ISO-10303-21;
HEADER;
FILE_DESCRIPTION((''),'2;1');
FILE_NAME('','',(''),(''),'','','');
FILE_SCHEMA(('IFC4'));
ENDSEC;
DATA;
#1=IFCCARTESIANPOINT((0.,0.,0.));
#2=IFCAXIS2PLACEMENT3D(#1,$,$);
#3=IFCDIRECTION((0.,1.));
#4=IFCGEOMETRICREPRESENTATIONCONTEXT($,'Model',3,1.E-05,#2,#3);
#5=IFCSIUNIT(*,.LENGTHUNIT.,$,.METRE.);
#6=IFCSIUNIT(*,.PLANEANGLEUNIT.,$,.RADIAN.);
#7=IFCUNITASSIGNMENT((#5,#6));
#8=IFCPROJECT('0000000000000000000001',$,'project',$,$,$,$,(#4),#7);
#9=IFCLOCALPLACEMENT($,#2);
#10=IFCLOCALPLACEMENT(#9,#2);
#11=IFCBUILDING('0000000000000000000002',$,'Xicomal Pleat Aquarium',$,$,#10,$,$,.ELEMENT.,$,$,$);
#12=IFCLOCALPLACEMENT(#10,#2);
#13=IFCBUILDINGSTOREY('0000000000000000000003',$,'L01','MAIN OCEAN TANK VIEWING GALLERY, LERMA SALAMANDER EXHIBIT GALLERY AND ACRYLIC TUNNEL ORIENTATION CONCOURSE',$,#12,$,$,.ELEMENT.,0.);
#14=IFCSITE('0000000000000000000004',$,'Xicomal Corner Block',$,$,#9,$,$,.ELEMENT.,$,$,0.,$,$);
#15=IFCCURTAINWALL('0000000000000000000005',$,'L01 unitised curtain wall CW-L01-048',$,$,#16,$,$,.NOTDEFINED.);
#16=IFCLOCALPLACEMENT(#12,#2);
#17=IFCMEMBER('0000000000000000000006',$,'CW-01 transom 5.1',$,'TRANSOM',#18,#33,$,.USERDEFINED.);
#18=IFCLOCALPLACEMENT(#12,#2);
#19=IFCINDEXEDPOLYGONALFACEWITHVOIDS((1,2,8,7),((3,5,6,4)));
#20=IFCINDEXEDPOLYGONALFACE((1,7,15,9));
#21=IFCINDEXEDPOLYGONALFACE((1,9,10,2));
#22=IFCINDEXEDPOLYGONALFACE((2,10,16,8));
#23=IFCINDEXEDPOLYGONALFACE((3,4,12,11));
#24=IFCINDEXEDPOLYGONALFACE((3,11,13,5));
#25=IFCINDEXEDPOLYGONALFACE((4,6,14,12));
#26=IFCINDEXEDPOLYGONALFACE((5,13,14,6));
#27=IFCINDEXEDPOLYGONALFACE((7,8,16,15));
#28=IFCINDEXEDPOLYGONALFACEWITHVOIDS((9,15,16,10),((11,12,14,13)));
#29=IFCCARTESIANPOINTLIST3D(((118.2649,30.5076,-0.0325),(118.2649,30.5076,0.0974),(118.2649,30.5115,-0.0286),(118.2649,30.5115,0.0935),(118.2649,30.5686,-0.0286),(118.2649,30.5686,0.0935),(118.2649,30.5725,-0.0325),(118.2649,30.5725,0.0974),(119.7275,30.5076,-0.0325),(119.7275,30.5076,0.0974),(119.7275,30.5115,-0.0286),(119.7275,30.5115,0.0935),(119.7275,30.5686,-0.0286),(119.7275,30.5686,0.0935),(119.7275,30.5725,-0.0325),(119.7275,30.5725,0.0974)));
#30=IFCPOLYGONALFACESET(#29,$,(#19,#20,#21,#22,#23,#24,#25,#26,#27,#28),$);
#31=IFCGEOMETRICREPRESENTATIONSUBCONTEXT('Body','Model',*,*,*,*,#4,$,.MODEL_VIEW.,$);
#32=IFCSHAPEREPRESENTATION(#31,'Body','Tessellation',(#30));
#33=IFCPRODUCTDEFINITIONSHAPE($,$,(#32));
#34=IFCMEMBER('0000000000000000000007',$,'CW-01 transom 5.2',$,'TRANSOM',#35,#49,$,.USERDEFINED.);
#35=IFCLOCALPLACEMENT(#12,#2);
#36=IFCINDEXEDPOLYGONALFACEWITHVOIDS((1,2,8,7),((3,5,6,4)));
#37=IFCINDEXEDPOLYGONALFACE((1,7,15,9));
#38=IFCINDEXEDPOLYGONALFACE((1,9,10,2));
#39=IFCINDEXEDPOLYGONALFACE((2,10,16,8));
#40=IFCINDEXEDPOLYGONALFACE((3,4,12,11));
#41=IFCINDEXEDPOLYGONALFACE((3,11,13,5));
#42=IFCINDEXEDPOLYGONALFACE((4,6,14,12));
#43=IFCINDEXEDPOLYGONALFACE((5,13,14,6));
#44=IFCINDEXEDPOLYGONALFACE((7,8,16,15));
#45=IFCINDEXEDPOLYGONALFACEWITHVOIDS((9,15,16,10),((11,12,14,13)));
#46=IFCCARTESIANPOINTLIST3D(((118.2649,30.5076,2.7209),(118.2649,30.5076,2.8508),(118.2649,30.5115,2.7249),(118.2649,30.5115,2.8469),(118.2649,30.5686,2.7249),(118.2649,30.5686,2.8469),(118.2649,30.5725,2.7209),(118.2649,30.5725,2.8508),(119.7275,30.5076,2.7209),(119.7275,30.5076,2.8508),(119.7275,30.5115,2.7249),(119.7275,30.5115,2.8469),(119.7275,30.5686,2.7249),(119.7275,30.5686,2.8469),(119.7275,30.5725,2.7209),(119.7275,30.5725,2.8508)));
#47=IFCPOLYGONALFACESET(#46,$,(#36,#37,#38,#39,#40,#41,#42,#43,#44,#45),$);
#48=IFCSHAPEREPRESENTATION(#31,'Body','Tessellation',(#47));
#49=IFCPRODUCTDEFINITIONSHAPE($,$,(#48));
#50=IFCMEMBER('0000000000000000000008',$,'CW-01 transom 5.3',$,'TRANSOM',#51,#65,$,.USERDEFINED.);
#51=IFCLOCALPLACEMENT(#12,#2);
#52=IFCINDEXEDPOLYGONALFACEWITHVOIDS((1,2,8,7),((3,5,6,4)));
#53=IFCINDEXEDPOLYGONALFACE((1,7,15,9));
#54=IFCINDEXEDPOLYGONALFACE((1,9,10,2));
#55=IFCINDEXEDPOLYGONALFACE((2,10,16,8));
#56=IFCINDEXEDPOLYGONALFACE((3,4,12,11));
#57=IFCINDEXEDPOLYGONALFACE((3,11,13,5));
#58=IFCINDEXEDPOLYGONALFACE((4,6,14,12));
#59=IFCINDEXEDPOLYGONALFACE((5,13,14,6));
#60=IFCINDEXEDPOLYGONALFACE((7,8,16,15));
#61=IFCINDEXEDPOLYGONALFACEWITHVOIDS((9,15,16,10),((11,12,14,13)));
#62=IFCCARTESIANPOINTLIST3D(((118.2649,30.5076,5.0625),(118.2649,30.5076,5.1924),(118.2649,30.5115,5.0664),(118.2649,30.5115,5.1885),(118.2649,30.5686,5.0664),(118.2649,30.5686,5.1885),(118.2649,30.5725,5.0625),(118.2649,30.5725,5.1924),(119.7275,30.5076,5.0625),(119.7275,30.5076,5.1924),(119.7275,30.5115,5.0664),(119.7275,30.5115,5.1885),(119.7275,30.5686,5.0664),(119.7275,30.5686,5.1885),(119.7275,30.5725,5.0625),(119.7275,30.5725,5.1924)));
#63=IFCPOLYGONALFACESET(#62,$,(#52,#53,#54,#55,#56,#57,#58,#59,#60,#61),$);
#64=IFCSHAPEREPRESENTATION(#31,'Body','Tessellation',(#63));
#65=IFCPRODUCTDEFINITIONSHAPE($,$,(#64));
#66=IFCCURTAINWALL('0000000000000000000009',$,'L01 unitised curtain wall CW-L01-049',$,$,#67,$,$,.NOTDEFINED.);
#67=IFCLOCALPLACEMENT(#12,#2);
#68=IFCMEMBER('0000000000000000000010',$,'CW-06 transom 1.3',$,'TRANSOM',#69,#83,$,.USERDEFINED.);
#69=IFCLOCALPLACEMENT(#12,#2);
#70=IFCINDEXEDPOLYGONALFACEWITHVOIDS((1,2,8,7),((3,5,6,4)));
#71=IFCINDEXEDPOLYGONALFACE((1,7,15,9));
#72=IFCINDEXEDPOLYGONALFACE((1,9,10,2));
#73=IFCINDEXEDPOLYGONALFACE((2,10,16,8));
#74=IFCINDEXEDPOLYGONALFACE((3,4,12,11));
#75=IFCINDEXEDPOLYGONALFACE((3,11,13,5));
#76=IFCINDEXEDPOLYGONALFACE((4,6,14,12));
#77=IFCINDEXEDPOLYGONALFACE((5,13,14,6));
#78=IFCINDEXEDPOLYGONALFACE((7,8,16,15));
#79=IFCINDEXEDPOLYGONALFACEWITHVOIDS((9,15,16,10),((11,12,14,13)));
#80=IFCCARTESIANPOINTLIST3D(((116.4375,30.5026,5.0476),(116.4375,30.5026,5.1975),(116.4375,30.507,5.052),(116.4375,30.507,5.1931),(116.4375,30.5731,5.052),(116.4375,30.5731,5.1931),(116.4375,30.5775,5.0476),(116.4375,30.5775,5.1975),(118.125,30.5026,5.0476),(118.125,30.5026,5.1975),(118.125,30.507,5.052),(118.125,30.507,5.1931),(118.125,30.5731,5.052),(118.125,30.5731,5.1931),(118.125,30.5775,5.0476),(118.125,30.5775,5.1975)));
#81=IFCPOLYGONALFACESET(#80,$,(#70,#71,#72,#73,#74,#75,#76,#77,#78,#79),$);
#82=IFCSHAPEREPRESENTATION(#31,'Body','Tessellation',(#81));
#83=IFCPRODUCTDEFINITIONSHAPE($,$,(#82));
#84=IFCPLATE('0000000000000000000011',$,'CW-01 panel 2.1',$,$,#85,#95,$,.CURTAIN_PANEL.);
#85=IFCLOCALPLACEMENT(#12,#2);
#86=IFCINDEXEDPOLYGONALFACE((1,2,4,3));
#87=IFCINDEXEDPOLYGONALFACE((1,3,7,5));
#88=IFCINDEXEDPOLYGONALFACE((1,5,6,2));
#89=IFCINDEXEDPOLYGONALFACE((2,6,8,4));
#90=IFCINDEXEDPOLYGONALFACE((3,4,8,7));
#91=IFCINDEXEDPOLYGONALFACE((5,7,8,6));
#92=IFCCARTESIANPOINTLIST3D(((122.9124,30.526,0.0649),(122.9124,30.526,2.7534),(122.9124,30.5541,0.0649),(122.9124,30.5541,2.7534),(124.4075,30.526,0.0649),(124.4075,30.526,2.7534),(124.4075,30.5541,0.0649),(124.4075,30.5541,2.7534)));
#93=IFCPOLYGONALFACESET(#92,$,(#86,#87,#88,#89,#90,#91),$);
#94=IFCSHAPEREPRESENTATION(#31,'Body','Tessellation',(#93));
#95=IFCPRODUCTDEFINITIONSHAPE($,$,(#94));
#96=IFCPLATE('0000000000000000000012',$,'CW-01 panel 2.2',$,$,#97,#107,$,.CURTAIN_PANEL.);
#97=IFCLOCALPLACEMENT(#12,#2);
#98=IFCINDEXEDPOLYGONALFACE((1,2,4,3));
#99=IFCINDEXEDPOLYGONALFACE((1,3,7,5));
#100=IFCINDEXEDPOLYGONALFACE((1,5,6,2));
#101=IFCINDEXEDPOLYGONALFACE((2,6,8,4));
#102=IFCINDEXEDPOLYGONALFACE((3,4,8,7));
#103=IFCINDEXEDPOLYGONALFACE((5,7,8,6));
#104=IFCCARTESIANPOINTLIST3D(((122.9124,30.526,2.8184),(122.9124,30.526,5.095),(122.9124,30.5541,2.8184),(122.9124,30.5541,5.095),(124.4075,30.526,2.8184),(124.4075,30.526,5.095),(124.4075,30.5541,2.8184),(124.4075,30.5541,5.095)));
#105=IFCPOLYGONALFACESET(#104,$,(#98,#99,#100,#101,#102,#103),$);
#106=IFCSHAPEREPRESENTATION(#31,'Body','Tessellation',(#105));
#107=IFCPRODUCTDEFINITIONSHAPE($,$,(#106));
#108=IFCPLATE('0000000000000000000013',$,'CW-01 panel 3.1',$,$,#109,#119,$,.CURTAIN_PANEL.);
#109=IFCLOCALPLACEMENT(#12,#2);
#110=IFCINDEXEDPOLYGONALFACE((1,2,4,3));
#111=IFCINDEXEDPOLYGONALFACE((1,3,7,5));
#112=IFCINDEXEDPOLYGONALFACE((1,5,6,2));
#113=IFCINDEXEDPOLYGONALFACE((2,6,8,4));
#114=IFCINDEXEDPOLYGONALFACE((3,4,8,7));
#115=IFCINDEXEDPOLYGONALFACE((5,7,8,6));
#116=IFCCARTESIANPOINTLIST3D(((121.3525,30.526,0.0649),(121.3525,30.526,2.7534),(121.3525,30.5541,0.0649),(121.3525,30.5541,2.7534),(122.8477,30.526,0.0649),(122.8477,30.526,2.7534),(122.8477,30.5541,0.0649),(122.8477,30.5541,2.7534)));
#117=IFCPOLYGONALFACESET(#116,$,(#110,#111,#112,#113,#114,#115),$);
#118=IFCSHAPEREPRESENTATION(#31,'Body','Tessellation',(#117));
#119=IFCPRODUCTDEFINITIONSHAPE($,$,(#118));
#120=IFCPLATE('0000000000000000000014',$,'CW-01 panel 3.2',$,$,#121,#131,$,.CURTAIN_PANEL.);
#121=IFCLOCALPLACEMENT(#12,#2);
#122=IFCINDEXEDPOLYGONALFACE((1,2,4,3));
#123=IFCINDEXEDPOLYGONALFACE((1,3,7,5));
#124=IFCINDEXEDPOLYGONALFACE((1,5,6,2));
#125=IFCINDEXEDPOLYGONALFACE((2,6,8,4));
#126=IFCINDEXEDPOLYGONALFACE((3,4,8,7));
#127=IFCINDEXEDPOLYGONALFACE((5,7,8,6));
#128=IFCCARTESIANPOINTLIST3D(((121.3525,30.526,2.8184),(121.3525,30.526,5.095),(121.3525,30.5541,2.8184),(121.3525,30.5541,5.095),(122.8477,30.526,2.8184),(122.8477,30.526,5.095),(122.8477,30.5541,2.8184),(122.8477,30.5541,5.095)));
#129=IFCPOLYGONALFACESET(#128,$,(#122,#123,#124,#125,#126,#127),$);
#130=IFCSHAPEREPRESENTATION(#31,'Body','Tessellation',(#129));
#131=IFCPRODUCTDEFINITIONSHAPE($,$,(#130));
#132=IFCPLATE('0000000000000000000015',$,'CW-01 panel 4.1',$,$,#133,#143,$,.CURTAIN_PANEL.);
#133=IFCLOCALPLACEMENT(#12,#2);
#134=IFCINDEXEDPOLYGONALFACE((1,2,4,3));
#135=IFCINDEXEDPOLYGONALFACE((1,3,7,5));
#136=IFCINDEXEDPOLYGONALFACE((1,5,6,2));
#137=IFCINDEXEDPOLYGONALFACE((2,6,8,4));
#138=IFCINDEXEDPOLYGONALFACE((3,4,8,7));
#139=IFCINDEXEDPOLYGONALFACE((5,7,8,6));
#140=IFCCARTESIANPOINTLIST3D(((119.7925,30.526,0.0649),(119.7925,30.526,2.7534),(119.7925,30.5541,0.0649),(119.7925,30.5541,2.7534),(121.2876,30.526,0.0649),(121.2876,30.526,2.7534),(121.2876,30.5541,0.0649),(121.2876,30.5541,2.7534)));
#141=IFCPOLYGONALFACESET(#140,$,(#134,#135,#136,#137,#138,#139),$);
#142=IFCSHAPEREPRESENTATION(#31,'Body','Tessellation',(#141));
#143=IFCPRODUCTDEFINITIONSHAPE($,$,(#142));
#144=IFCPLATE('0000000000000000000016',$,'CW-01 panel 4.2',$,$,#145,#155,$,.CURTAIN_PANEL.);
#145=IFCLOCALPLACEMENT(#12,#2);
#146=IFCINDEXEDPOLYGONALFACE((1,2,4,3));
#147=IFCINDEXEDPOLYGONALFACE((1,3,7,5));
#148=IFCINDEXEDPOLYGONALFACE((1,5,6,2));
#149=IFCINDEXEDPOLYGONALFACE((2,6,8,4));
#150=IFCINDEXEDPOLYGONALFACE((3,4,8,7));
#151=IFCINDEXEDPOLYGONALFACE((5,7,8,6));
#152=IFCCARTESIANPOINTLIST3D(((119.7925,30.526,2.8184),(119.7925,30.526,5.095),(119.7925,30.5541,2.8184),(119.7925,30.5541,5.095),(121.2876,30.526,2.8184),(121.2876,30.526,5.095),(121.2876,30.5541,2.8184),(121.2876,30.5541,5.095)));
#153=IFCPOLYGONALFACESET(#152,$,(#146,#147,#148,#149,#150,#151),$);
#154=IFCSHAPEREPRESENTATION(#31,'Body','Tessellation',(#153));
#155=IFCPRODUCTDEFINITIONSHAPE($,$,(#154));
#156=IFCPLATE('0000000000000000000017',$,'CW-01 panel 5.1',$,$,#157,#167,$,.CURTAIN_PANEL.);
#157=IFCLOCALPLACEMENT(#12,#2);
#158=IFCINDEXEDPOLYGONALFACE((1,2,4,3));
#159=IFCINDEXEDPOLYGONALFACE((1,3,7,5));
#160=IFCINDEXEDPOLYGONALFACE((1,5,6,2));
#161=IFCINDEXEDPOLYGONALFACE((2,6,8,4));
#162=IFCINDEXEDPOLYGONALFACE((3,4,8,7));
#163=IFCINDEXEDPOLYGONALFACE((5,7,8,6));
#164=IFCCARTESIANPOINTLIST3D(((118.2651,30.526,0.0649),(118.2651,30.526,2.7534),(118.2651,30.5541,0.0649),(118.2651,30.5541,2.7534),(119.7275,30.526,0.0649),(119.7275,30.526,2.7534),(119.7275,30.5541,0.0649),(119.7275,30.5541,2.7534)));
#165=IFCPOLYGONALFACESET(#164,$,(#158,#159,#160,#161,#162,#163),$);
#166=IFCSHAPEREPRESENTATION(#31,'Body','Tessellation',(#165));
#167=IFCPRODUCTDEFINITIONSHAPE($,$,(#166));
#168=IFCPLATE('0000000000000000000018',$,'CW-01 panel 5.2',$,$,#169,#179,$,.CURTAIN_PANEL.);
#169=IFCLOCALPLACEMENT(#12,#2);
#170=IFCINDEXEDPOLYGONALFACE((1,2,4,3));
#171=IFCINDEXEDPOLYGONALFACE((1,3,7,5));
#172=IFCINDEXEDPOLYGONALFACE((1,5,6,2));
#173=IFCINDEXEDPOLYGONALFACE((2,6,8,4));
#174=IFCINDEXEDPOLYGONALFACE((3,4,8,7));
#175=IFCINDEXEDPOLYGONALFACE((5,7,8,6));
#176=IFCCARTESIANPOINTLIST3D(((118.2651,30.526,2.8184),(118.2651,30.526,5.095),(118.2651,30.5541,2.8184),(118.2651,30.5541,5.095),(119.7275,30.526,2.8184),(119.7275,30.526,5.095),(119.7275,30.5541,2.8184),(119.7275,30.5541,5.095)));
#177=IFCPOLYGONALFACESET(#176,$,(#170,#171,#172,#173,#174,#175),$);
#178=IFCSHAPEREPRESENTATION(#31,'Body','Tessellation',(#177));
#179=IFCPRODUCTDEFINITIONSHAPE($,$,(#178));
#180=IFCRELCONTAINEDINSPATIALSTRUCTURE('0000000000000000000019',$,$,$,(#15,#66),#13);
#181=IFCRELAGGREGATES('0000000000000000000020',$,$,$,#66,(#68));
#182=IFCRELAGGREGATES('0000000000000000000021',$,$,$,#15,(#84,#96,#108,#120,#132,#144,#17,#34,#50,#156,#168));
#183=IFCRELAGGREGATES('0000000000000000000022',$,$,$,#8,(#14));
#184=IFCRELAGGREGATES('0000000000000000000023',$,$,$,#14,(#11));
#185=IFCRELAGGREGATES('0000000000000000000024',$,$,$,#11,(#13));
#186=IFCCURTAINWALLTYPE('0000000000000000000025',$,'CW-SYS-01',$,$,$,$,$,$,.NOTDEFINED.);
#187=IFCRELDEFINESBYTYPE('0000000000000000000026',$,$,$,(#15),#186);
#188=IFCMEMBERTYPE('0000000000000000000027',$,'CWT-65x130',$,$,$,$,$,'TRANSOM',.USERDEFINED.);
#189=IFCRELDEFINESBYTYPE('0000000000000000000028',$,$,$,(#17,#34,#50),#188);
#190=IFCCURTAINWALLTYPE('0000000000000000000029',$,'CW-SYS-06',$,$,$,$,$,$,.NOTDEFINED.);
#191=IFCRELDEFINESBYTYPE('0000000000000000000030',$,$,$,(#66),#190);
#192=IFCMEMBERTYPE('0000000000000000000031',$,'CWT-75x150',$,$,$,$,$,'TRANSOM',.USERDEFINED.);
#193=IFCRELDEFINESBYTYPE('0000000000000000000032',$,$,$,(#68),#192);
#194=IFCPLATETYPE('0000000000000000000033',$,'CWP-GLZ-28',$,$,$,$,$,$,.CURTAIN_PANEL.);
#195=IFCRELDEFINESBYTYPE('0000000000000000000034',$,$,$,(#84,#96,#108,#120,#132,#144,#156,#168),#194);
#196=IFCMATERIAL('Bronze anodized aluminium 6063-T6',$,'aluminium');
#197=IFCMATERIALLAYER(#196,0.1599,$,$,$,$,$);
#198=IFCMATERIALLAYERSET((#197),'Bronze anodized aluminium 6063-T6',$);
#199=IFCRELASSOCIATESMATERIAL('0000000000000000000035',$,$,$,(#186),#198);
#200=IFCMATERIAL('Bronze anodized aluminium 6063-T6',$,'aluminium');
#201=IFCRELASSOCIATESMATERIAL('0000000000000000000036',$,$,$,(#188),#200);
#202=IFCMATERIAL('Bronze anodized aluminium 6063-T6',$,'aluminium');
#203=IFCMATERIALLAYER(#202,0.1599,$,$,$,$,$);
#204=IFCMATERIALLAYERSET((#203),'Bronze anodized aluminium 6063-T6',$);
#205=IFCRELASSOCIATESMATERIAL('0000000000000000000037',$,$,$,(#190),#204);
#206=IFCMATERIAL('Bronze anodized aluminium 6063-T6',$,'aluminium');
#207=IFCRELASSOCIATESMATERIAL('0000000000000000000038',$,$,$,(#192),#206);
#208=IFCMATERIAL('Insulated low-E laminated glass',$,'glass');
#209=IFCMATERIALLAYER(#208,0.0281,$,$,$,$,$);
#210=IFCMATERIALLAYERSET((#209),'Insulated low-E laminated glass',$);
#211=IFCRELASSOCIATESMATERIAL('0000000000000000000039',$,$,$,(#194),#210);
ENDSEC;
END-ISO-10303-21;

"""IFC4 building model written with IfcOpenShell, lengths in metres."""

from ifc_helpers import new_model, si_unit, direction, frame, origin, origin_2d, place, context, subcontext, project, spatial, rectangle, hollow_rectangle, extrude, material, layer, layer_set, material_profile, profile_set, type_object, element, aggregate, save


model = new_model("IFC4")

# Units and contexts
model_context = context("Model", 3, precision=1e-05, world=origin(), true_north=direction((0.0, 1.0)))
body_context = subcontext(model_context, "Body", "Model", "MODEL_VIEW")
ifc_project = project(units=[si_unit("LENGTHUNIT", "METRE"), si_unit("PLANEANGLEUNIT", "RADIAN")], contexts=[model_context])

# Site, building, storey
site_placement = place(None, origin())
site = spatial("IfcSite", under=ifc_project, at=site_placement, Name="Xicomal Corner Block", CompositionType="ELEMENT", RefElevation=0.0)
building_placement = place(site_placement, origin())
building = spatial("IfcBuilding", under=site, at=building_placement, Name="Xicomal Pleat Aquarium", CompositionType="ELEMENT")
storey_placement = place(building_placement, origin())
storey = spatial("IfcBuildingStorey", under=building, at=storey_placement, Name="L01", Description="MAIN OCEAN TANK VIEWING GALLERY, LERMA SALAMANDER EXHIBIT GALLERY AND ACRYLIC TUNNEL ORIENTATION CONCOURSE", CompositionType="ELEMENT", Elevation=0.0)

# Curtain wall, members
ifc_material_1 = material(Name="Bronze anodized aluminium 6063-T6", Category="aluminium")
ifc_layer_1 = layer(ifc_material_1, 0.1599)
ifc_layer_set_1 = layer_set([ifc_layer_1], Name="Bronze anodized aluminium 6063-T6")
curtain_wall_type_1 = type_object("IfcCurtainWallType", Name="CW-SYS-01", PredefinedType="NOTDEFINED", material=ifc_layer_set_1)
curtain_wall_1_placement = place(storey_placement, origin())
curtain_wall_1 = element("IfcCurtainWall", 1, at=curtain_wall_1_placement, inside=storey, type_object=curtain_wall_type_1, Name="L01 unitised curtain wall CW-L01-048", PredefinedType="NOTDEFINED")
ifc_material_2 = material(Name="Bronze anodized aluminium 6063-T6", Category="aluminium")
ifc_material_profile_1 = material_profile(ifc_material_2, hollow_rectangle(XDim=0.0649, YDim=0.1299, WallThickness=0.0039, at=origin_2d()), Name="ALU TRAN 65x130")
ifc_profile_set_1 = profile_set([ifc_material_profile_1], Name="Bronze anodized aluminium 6063-T6")
member_type_1 = type_object("IfcMemberType", Name="CWT-65x130", ElementType="TRANSOM", PredefinedType="USERDEFINED", material=ifc_profile_set_1)
member_1_placement = place(storey_placement, frame((119.7275, 30.54, 0.0325), z_axis=(-1.0, 0.0, 0.0), x_axis=(0.0, -1.0, 0.0)))
member_1 = element("IfcMember", 2, at=member_1_placement, type_object=member_type_1, Name="CW-01 transom 5.1", ObjectType="TRANSOM", PredefinedType="USERDEFINED", context=body_context, shape_type="SweptSolid", body=[
    extrude(hollow_rectangle(XDim=0.0649, YDim=0.1299, WallThickness=0.0039, at=origin_2d()), origin(), (0.0, 0.0, 1.0), 1.4626),
])
member_2_placement = place(storey_placement, frame((119.7275, 30.54, 2.7859), z_axis=(-1.0, 0.0, 0.0), x_axis=(0.0, -1.0, 0.0)))
member_2 = element("IfcMember", 3, at=member_2_placement, type_object=member_type_1, Name="CW-01 transom 5.2", ObjectType="TRANSOM", PredefinedType="USERDEFINED", context=body_context, shape_type="SweptSolid", body=[
    extrude(hollow_rectangle(XDim=0.0649, YDim=0.1299, WallThickness=0.0039, at=origin_2d()), origin(), (0.0, 0.0, 1.0), 1.4626),
])
member_3_placement = place(storey_placement, frame((119.7275, 30.54, 5.1274), z_axis=(-1.0, 0.0, 0.0), x_axis=(0.0, -1.0, 0.0)))
member_3 = element("IfcMember", 4, at=member_3_placement, type_object=member_type_1, Name="CW-01 transom 5.3", ObjectType="TRANSOM", PredefinedType="USERDEFINED", context=body_context, shape_type="SweptSolid", body=[
    extrude(hollow_rectangle(XDim=0.0649, YDim=0.1299, WallThickness=0.0039, at=origin_2d()), origin(), (0.0, 0.0, 1.0), 1.4626),
])

# Curtain wall, member
ifc_material_3 = material(Name="Bronze anodized aluminium 6063-T6", Category="aluminium")
ifc_layer_2 = layer(ifc_material_3, 0.1599)
ifc_layer_set_2 = layer_set([ifc_layer_2], Name="Bronze anodized aluminium 6063-T6")
curtain_wall_type_2 = type_object("IfcCurtainWallType", Name="CW-SYS-06", PredefinedType="NOTDEFINED", material=ifc_layer_set_2)
curtain_wall_2_placement = place(storey_placement, origin())
curtain_wall_2 = element("IfcCurtainWall", 5, at=curtain_wall_2_placement, inside=storey, type_object=curtain_wall_type_2, Name="L01 unitised curtain wall CW-L01-049", PredefinedType="NOTDEFINED")
ifc_material_4 = material(Name="Bronze anodized aluminium 6063-T6", Category="aluminium")
ifc_material_profile_2 = material_profile(ifc_material_4, hollow_rectangle(XDim=0.075, YDim=0.1499, WallThickness=0.0044, at=origin_2d()), Name="ALU TRAN 75x150")
ifc_profile_set_2 = profile_set([ifc_material_profile_2], Name="Bronze anodized aluminium 6063-T6")
member_type_2 = type_object("IfcMemberType", Name="CWT-75x150", ElementType="TRANSOM", PredefinedType="USERDEFINED", material=ifc_profile_set_2)
member_4_placement = place(storey_placement, frame((118.125, 30.54, 5.1226), z_axis=(-1.0, 0.0, 0.0), x_axis=(0.0, -1.0, 0.0)))
member_4 = element("IfcMember", 6, at=member_4_placement, type_object=member_type_2, Name="CW-06 transom 1.3", ObjectType="TRANSOM", PredefinedType="USERDEFINED", context=body_context, shape_type="SweptSolid", body=[
    extrude(hollow_rectangle(XDim=0.075, YDim=0.1499, WallThickness=0.0044, at=origin_2d()), origin(), (0.0, 0.0, 1.0), 1.6875),
])
aggregate(curtain_wall_2, [member_4])

# Plates
ifc_material_5 = material(Name="Insulated low-E laminated glass", Category="glass")
ifc_layer_3 = layer(ifc_material_5, 0.0281)
ifc_layer_set_3 = layer_set([ifc_layer_3], Name="Insulated low-E laminated glass")
plate_type = type_object("IfcPlateType", Name="CWP-GLZ-28", PredefinedType="CURTAIN_PANEL", material=ifc_layer_set_3)
plate_1_placement = place(storey_placement, frame((123.6599, 30.54, 0.0649), z_axis=(0.0, 0.0, 1.0), x_axis=(-1.0, 0.0, 0.0)))
plate_1 = element("IfcPlate", 7, at=plate_1_placement, type_object=plate_type, Name="CW-01 panel 2.1", PredefinedType="CURTAIN_PANEL", context=body_context, shape_type="SweptSolid", body=[
    extrude(rectangle(XDim=1.4951, YDim=0.0281, at=origin_2d()), origin(), (0.0, 0.0, 1.0), 2.6885),
])
plate_2_placement = place(storey_placement, frame((123.6599, 30.54, 2.8184), z_axis=(0.0, 0.0, 1.0), x_axis=(-1.0, 0.0, 0.0)))
plate_2 = element("IfcPlate", 8, at=plate_2_placement, type_object=plate_type, Name="CW-01 panel 2.2", PredefinedType="CURTAIN_PANEL", context=body_context, shape_type="SweptSolid", body=[
    extrude(rectangle(XDim=1.4951, YDim=0.0281, at=origin_2d()), origin(), (0.0, 0.0, 1.0), 2.2766),
])
plate_3_placement = place(storey_placement, frame((122.1001, 30.54, 0.0649), z_axis=(0.0, 0.0, 1.0), x_axis=(-1.0, 0.0, 0.0)))
plate_3 = element("IfcPlate", 9, at=plate_3_placement, type_object=plate_type, Name="CW-01 panel 3.1", PredefinedType="CURTAIN_PANEL", context=body_context, shape_type="SweptSolid", body=[
    extrude(rectangle(XDim=1.4951, YDim=0.0281, at=origin_2d()), origin(), (0.0, 0.0, 1.0), 2.6885),
])
plate_4_placement = place(storey_placement, frame((122.1001, 30.54, 2.8184), z_axis=(0.0, 0.0, 1.0), x_axis=(-1.0, 0.0, 0.0)))
plate_4 = element("IfcPlate", 10, at=plate_4_placement, type_object=plate_type, Name="CW-01 panel 3.2", PredefinedType="CURTAIN_PANEL", context=body_context, shape_type="SweptSolid", body=[
    extrude(rectangle(XDim=1.4951, YDim=0.0281, at=origin_2d()), origin(), (0.0, 0.0, 1.0), 2.2766),
])
plate_5_placement = place(storey_placement, frame((120.54, 30.54, 0.0649), z_axis=(0.0, 0.0, 1.0), x_axis=(-1.0, 0.0, 0.0)))
plate_5 = element("IfcPlate", 11, at=plate_5_placement, type_object=plate_type, Name="CW-01 panel 4.1", PredefinedType="CURTAIN_PANEL", context=body_context, shape_type="SweptSolid", body=[
    extrude(rectangle(XDim=1.4951, YDim=0.0281, at=origin_2d()), origin(), (0.0, 0.0, 1.0), 2.6885),
])
plate_6_placement = place(storey_placement, frame((120.54, 30.54, 2.8184), z_axis=(0.0, 0.0, 1.0), x_axis=(-1.0, 0.0, 0.0)))
plate_6 = element("IfcPlate", 12, at=plate_6_placement, type_object=plate_type, Name="CW-01 panel 4.2", PredefinedType="CURTAIN_PANEL", context=body_context, shape_type="SweptSolid", body=[
    extrude(rectangle(XDim=1.4951, YDim=0.0281, at=origin_2d()), origin(), (0.0, 0.0, 1.0), 2.2766),
])
plate_7_placement = place(storey_placement, frame((118.9963, 30.54, 0.0649), z_axis=(0.0, 0.0, 1.0), x_axis=(-1.0, 0.0, 0.0)))
plate_7 = element("IfcPlate", 13, at=plate_7_placement, type_object=plate_type, Name="CW-01 panel 5.1", PredefinedType="CURTAIN_PANEL", context=body_context, shape_type="SweptSolid", body=[
    extrude(rectangle(XDim=1.4624, YDim=0.0281, at=origin_2d()), origin(), (0.0, 0.0, 1.0), 2.6885),
])
plate_8_placement = place(storey_placement, frame((118.9963, 30.54, 2.8184), z_axis=(0.0, 0.0, 1.0), x_axis=(-1.0, 0.0, 0.0)))
plate_8 = element("IfcPlate", 14, at=plate_8_placement, type_object=plate_type, Name="CW-01 panel 5.2", PredefinedType="CURTAIN_PANEL", context=body_context, shape_type="SweptSolid", body=[
    extrude(rectangle(XDim=1.4624, YDim=0.0281, at=origin_2d()), origin(), (0.0, 0.0, 1.0), 2.2766),
])
aggregate(curtain_wall_1, [plate_1, plate_2, plate_3, plate_4, plate_5, plate_6, member_1, member_2, member_3, plate_7, plate_8])

save(model, "model.ifc")
